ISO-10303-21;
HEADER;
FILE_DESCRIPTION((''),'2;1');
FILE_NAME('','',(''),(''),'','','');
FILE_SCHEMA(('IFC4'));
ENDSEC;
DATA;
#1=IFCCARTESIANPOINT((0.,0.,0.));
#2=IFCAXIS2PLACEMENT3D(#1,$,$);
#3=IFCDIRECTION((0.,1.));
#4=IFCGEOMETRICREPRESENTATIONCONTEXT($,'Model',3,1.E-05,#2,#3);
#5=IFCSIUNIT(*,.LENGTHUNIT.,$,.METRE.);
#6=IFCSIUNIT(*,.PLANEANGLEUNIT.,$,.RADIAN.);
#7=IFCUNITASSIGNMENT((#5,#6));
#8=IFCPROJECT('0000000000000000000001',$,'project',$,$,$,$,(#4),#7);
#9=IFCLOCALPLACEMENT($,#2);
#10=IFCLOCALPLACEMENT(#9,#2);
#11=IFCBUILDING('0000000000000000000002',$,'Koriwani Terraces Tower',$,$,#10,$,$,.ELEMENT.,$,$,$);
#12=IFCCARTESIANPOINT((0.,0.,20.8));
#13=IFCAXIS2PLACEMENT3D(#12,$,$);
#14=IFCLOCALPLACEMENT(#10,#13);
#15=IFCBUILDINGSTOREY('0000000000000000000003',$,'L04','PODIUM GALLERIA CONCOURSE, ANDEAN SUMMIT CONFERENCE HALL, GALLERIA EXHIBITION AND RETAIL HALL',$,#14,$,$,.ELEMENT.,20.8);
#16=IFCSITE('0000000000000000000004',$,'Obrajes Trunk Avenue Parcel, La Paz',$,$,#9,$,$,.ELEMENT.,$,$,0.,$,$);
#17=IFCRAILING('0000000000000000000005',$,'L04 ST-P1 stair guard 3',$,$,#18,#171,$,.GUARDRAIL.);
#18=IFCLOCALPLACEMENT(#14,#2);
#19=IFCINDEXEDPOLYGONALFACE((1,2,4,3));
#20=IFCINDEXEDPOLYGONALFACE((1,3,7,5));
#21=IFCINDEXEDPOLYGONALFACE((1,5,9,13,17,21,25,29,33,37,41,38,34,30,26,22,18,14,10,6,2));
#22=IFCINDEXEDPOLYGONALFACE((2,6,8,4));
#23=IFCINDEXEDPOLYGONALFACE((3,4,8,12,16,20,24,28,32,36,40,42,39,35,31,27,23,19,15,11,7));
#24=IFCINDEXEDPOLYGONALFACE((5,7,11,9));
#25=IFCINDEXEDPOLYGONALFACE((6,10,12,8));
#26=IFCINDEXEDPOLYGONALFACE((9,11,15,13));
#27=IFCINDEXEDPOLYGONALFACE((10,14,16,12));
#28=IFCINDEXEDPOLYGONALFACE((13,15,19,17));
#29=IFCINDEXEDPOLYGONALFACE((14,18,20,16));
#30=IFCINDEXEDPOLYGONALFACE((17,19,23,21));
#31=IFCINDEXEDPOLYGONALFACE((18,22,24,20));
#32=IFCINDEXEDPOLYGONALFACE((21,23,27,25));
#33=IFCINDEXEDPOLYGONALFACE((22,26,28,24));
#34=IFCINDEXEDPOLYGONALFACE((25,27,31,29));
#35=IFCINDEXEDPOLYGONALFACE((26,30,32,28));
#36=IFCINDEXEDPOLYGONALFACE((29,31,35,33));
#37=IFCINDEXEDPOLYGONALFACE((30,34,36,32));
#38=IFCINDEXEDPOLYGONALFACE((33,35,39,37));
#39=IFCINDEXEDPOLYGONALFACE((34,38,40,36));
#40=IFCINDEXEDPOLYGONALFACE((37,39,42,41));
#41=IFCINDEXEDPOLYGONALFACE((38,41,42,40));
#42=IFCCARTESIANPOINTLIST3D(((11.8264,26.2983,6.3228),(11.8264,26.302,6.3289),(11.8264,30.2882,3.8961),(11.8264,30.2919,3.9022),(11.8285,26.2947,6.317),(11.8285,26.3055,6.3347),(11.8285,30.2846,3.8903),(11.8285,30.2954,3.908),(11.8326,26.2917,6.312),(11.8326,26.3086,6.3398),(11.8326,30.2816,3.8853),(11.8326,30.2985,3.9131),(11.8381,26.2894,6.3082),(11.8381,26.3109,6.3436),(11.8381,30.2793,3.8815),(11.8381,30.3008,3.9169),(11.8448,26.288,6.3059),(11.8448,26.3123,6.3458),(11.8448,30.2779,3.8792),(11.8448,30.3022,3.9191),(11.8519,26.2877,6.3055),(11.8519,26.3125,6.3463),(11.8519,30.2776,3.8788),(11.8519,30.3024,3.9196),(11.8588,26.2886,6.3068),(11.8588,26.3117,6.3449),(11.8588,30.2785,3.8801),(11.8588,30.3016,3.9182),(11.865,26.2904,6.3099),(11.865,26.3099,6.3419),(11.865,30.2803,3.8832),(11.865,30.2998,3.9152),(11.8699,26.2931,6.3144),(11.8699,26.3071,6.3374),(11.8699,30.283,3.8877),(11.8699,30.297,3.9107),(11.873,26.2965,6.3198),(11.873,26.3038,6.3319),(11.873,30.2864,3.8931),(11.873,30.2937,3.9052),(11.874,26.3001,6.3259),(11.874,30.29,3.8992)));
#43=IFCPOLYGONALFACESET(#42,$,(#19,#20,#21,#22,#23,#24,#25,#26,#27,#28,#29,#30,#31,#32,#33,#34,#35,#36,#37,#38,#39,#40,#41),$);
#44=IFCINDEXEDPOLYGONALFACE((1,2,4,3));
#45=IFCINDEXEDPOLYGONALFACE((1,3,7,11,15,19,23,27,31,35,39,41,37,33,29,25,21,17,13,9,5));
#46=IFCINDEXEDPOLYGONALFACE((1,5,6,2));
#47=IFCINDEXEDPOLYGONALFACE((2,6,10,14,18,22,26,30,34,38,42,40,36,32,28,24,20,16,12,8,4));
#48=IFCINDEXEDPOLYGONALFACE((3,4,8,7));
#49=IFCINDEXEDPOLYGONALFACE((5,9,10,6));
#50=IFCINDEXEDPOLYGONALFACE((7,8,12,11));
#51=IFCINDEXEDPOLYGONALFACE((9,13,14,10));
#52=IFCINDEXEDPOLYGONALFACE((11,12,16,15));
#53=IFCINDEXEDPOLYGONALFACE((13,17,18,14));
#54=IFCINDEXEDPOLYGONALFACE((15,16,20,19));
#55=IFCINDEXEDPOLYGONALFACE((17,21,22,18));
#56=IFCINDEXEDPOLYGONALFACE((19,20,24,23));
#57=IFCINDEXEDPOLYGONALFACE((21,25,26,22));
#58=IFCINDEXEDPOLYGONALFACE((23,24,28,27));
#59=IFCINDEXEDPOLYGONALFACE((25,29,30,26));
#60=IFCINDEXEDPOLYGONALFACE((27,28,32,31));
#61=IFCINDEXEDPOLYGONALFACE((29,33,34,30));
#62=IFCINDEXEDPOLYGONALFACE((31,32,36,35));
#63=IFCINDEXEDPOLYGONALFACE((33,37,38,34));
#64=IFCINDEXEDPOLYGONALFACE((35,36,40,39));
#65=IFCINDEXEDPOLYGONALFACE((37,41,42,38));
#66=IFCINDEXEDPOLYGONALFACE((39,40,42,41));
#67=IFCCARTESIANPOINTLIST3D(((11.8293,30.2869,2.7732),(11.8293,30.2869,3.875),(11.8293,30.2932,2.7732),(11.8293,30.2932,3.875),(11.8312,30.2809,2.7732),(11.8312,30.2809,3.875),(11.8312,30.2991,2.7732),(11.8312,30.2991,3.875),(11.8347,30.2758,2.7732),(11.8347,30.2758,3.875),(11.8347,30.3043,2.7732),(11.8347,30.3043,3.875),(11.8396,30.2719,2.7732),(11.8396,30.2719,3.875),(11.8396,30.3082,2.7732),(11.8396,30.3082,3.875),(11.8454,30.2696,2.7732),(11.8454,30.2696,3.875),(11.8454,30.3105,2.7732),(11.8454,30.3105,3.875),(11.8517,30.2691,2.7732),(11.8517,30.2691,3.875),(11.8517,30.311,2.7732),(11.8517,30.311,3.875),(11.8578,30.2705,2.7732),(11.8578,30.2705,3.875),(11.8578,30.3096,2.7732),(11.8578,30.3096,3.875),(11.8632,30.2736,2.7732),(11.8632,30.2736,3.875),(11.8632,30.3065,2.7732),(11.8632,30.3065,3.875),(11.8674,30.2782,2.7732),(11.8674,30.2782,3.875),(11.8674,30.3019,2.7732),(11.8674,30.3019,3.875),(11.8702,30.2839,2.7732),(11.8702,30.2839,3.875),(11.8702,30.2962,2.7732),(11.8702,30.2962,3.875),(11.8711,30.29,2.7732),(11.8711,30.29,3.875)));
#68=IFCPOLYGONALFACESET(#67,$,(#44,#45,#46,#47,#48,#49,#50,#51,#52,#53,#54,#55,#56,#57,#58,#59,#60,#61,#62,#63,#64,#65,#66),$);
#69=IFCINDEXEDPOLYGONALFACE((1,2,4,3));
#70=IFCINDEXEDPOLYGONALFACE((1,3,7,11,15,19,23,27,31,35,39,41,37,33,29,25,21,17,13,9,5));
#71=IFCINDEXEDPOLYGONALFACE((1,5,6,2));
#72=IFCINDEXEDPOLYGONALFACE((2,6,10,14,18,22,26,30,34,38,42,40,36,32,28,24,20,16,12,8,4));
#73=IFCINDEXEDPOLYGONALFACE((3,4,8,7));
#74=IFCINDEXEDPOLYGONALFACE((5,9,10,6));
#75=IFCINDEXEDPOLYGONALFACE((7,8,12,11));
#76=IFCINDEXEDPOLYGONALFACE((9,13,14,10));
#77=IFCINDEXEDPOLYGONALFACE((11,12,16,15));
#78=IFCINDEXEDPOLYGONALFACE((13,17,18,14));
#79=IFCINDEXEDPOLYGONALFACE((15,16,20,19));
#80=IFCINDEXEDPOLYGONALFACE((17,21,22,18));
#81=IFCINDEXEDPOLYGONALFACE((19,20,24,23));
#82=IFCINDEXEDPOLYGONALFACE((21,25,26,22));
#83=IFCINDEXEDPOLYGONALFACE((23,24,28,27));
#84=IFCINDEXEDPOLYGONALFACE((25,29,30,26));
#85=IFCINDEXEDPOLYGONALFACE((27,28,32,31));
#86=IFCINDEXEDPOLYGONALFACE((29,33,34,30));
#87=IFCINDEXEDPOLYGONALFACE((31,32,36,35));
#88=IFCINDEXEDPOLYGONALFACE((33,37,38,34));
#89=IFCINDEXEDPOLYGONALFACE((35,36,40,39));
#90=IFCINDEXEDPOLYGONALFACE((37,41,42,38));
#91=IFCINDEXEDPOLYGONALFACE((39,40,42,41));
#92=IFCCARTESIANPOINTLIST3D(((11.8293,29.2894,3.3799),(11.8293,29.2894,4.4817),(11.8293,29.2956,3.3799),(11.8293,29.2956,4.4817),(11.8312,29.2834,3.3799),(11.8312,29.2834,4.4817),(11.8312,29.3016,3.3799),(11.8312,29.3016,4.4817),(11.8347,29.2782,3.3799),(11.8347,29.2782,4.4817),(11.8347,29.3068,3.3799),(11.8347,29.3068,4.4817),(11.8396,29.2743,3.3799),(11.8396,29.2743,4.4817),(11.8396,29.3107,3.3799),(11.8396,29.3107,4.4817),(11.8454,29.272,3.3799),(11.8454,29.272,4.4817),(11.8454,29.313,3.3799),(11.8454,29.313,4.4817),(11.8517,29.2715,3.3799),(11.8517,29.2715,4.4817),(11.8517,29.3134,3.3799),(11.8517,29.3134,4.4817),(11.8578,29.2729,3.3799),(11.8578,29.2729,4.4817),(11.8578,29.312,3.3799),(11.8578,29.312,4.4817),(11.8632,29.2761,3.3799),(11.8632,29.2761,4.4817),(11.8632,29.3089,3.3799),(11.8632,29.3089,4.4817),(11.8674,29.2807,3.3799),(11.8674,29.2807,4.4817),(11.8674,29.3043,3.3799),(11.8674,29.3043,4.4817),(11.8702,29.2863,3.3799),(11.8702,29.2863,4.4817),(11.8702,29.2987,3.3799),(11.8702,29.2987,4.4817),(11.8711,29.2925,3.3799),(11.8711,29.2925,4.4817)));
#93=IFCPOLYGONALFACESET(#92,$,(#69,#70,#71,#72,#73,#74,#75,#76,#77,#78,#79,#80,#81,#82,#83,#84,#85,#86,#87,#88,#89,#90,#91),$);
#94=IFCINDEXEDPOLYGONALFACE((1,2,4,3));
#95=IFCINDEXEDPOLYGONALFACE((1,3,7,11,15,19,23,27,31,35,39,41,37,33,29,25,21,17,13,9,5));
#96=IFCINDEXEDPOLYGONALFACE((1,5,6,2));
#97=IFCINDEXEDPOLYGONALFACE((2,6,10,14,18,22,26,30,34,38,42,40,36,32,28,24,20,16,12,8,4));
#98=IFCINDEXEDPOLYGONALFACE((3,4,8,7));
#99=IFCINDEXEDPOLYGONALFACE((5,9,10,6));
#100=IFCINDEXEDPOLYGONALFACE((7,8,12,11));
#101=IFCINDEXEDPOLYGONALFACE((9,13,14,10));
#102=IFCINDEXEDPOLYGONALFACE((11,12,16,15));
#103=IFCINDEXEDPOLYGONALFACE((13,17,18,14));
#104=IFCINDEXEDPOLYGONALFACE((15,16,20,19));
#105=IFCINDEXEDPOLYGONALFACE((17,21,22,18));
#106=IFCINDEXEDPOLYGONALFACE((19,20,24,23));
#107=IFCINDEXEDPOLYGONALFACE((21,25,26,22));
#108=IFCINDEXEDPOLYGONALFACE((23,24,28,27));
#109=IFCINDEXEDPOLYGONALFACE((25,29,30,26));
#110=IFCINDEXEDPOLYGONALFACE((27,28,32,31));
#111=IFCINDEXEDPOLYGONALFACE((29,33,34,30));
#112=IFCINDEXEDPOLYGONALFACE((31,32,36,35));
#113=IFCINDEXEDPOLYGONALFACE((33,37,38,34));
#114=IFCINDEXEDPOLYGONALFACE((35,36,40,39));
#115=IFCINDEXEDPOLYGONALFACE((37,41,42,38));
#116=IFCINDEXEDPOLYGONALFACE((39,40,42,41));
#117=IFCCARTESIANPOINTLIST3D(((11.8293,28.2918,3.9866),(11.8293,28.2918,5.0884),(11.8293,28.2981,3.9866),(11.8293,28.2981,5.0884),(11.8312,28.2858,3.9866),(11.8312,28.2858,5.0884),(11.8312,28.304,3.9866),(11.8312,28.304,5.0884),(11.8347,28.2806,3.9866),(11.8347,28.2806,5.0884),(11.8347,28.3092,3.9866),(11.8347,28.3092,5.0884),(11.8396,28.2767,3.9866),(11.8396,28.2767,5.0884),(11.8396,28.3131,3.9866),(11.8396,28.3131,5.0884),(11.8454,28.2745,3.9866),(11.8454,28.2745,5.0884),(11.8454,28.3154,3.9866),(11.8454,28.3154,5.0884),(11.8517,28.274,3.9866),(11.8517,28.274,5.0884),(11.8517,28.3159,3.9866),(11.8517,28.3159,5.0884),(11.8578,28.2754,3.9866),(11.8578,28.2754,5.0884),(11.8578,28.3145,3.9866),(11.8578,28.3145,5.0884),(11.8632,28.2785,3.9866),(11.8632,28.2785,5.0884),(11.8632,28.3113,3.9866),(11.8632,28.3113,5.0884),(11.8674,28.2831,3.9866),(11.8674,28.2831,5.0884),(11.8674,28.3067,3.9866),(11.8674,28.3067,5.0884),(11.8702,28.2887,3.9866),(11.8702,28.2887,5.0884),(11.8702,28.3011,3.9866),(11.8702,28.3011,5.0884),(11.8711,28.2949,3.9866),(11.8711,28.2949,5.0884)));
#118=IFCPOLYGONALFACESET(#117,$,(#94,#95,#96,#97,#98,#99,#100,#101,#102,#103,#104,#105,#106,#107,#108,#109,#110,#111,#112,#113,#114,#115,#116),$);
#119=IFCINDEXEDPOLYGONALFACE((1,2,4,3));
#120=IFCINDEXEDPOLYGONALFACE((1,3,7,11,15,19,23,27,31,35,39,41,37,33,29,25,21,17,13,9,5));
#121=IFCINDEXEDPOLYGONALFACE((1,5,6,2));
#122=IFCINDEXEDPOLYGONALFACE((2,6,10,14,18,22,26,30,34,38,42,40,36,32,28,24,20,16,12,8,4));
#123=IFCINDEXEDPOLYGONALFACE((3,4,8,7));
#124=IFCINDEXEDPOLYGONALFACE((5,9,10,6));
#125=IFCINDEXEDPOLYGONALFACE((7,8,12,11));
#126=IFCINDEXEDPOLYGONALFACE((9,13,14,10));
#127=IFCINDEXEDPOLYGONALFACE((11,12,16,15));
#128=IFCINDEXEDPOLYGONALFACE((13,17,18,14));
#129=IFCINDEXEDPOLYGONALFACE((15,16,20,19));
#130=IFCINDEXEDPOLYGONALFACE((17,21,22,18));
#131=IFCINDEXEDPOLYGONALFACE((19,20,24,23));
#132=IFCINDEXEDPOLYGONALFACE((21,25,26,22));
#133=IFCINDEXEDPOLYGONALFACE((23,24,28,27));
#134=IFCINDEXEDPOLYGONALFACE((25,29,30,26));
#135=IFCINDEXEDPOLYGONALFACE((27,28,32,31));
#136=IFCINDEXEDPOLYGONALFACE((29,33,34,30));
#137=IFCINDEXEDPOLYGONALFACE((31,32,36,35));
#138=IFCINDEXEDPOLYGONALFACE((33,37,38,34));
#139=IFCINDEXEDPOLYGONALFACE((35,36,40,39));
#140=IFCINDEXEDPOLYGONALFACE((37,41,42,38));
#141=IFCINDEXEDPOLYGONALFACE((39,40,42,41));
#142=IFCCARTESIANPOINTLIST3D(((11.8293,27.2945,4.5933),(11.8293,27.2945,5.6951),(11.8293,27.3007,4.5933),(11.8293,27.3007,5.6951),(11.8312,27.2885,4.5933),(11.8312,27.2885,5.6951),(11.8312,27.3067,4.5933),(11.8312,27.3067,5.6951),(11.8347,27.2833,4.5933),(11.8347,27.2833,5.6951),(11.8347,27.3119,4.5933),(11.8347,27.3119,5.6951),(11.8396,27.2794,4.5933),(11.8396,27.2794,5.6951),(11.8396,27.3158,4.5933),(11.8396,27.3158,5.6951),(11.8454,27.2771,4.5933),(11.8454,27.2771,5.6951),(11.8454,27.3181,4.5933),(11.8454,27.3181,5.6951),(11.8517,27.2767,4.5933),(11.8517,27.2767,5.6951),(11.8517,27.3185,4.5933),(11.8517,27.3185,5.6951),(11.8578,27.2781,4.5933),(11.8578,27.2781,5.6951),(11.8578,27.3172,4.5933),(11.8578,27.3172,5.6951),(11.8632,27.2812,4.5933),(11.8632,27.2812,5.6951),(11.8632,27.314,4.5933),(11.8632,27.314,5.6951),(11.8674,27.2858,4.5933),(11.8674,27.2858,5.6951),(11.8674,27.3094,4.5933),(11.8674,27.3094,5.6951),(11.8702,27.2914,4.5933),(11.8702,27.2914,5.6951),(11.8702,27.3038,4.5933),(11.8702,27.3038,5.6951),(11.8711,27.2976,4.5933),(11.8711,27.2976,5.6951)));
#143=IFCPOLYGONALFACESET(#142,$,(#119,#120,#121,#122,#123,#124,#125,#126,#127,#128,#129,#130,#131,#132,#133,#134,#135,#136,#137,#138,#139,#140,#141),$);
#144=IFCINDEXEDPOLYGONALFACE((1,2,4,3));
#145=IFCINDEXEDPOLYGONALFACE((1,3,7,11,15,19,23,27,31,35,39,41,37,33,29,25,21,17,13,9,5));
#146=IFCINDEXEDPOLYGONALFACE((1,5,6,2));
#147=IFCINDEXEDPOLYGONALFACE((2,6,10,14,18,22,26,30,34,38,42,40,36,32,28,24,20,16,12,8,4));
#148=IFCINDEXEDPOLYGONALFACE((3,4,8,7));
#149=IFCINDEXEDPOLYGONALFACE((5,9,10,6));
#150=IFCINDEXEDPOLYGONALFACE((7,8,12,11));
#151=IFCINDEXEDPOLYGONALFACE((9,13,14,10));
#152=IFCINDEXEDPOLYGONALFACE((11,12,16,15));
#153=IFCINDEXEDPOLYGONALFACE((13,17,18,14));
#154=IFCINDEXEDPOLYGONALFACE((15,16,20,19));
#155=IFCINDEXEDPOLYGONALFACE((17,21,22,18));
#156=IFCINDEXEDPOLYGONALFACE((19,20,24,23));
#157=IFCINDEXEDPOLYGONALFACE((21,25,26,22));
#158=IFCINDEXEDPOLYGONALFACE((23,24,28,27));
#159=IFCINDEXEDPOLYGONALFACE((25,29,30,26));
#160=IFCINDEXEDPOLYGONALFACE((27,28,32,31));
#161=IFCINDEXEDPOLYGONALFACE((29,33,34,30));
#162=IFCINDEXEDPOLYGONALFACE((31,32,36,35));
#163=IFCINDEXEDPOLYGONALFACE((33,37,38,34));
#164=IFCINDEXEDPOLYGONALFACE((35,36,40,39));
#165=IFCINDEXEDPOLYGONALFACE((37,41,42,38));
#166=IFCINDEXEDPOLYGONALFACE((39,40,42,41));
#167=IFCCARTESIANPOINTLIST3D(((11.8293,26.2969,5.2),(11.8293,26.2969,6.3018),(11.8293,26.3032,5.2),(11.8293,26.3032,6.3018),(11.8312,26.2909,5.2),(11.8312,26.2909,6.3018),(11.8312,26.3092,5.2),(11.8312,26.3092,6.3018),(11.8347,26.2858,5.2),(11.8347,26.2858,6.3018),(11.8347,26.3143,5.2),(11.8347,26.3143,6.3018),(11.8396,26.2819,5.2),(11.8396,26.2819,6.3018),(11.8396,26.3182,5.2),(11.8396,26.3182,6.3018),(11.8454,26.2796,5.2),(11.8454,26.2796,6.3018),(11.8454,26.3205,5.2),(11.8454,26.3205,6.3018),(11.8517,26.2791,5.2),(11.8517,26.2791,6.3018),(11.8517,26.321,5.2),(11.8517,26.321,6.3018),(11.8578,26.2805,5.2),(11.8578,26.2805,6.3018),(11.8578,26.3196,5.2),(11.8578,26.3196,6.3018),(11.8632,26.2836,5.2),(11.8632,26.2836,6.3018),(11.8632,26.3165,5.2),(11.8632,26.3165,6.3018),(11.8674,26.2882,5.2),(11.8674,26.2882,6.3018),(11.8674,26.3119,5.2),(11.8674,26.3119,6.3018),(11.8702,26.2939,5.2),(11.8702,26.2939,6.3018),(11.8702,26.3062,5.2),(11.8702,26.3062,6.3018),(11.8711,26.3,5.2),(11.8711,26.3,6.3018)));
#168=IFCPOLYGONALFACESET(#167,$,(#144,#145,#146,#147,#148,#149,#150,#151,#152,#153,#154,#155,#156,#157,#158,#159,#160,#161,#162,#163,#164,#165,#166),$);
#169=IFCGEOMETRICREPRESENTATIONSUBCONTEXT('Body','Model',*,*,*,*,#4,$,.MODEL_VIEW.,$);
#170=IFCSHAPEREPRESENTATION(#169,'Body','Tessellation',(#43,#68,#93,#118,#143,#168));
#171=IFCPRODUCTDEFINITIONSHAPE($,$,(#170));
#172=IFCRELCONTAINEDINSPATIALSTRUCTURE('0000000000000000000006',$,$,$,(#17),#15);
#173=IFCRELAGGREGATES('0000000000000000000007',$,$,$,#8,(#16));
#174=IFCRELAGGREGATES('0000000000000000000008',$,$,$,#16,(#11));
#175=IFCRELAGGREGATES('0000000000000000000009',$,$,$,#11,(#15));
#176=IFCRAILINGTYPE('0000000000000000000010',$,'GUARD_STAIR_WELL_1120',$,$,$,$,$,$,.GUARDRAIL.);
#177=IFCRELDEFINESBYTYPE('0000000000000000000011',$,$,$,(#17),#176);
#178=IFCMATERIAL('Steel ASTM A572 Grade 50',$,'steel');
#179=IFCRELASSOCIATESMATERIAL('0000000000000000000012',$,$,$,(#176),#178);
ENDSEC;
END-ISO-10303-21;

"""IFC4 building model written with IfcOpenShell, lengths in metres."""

from ifc_helpers import new_model, si_unit, direction, frame, origin, origin_2d, place, context, subcontext, project, spatial, circle, extrude, material, type_object, element, save


model = new_model("IFC4")

# Units and contexts
model_context = context("Model", 3, precision=1e-05, world=origin(), true_north=direction((0.0, 1.0)))
body_context = subcontext(model_context, "Body", "Model", "MODEL_VIEW")
ifc_project = project(units=[si_unit("LENGTHUNIT", "METRE"), si_unit("PLANEANGLEUNIT", "RADIAN")], contexts=[model_context])

# Site, building, storey
site_placement = place(None, origin())
site = spatial("IfcSite", under=ifc_project, at=site_placement, Name="Obrajes Trunk Avenue Parcel, La Paz", CompositionType="ELEMENT", RefElevation=0.0)
building_placement = place(site_placement, origin())
building = spatial("IfcBuilding", under=site, at=building_placement, Name="Koriwani Terraces Tower", CompositionType="ELEMENT")
storey_placement = place(building_placement, frame((0.0, 0.0, 20.8)))
storey = spatial("IfcBuildingStorey", under=building, at=storey_placement, Name="L04", Description="PODIUM GALLERIA CONCOURSE, ANDEAN SUMMIT CONFERENCE HALL, GALLERIA EXHIBITION AND RETAIL HALL", CompositionType="ELEMENT", Elevation=20.8)

# Shared definitions
ifc_material_1 = material(Name="Steel ASTM A572 Grade 50", Category="steel")

# Railing
railing_type_1 = type_object("IfcRailingType", Name="GUARD_STAIR_WELL_1120", PredefinedType="GUARDRAIL", material=ifc_material_1)
railing_1_placement = place(storey_placement, frame((11.8501, 30.29, 2.7732)))
element("IfcRailing", 1, at=railing_1_placement, inside=storey, type_object=railing_type_1, Name="L04 ST-P1 stair guard 3", PredefinedType="GUARDRAIL", context=body_context, shape_type="SweptSolid", body=[
    extrude(circle(Radius=0.0239, at=origin_2d()), frame((0.0, 0.0, 1.126), z_axis=(0.0, -0.854382, 0.519645), x_axis=(1.0, 0.0, 0.0)), (0.0, 0.0, 1.0), 4.6699),
    extrude(circle(Radius=0.021, at=origin_2d()), origin(), (0.0, 0.0, 1.0), 1.1018),
    extrude(circle(Radius=0.021, at=origin_2d()), frame((0.0, -0.9976, 0.6067)), (0.0, 0.0, 1.0), 1.1018),
    extrude(circle(Radius=0.021, at=origin_2d()), frame((0.0, -1.9951, 1.2134)), (0.0, 0.0, 1.0), 1.1018),
    extrude(circle(Radius=0.021, at=origin_2d()), frame((0.0, -2.9924, 1.8201)), (0.0, 0.0, 1.0), 1.1018),
    extrude(circle(Radius=0.021, at=origin_2d()), frame((0.0, -3.99, 2.4268)), (0.0, 0.0, 1.0), 1.1018),
])

save(model, "model.ifc")
